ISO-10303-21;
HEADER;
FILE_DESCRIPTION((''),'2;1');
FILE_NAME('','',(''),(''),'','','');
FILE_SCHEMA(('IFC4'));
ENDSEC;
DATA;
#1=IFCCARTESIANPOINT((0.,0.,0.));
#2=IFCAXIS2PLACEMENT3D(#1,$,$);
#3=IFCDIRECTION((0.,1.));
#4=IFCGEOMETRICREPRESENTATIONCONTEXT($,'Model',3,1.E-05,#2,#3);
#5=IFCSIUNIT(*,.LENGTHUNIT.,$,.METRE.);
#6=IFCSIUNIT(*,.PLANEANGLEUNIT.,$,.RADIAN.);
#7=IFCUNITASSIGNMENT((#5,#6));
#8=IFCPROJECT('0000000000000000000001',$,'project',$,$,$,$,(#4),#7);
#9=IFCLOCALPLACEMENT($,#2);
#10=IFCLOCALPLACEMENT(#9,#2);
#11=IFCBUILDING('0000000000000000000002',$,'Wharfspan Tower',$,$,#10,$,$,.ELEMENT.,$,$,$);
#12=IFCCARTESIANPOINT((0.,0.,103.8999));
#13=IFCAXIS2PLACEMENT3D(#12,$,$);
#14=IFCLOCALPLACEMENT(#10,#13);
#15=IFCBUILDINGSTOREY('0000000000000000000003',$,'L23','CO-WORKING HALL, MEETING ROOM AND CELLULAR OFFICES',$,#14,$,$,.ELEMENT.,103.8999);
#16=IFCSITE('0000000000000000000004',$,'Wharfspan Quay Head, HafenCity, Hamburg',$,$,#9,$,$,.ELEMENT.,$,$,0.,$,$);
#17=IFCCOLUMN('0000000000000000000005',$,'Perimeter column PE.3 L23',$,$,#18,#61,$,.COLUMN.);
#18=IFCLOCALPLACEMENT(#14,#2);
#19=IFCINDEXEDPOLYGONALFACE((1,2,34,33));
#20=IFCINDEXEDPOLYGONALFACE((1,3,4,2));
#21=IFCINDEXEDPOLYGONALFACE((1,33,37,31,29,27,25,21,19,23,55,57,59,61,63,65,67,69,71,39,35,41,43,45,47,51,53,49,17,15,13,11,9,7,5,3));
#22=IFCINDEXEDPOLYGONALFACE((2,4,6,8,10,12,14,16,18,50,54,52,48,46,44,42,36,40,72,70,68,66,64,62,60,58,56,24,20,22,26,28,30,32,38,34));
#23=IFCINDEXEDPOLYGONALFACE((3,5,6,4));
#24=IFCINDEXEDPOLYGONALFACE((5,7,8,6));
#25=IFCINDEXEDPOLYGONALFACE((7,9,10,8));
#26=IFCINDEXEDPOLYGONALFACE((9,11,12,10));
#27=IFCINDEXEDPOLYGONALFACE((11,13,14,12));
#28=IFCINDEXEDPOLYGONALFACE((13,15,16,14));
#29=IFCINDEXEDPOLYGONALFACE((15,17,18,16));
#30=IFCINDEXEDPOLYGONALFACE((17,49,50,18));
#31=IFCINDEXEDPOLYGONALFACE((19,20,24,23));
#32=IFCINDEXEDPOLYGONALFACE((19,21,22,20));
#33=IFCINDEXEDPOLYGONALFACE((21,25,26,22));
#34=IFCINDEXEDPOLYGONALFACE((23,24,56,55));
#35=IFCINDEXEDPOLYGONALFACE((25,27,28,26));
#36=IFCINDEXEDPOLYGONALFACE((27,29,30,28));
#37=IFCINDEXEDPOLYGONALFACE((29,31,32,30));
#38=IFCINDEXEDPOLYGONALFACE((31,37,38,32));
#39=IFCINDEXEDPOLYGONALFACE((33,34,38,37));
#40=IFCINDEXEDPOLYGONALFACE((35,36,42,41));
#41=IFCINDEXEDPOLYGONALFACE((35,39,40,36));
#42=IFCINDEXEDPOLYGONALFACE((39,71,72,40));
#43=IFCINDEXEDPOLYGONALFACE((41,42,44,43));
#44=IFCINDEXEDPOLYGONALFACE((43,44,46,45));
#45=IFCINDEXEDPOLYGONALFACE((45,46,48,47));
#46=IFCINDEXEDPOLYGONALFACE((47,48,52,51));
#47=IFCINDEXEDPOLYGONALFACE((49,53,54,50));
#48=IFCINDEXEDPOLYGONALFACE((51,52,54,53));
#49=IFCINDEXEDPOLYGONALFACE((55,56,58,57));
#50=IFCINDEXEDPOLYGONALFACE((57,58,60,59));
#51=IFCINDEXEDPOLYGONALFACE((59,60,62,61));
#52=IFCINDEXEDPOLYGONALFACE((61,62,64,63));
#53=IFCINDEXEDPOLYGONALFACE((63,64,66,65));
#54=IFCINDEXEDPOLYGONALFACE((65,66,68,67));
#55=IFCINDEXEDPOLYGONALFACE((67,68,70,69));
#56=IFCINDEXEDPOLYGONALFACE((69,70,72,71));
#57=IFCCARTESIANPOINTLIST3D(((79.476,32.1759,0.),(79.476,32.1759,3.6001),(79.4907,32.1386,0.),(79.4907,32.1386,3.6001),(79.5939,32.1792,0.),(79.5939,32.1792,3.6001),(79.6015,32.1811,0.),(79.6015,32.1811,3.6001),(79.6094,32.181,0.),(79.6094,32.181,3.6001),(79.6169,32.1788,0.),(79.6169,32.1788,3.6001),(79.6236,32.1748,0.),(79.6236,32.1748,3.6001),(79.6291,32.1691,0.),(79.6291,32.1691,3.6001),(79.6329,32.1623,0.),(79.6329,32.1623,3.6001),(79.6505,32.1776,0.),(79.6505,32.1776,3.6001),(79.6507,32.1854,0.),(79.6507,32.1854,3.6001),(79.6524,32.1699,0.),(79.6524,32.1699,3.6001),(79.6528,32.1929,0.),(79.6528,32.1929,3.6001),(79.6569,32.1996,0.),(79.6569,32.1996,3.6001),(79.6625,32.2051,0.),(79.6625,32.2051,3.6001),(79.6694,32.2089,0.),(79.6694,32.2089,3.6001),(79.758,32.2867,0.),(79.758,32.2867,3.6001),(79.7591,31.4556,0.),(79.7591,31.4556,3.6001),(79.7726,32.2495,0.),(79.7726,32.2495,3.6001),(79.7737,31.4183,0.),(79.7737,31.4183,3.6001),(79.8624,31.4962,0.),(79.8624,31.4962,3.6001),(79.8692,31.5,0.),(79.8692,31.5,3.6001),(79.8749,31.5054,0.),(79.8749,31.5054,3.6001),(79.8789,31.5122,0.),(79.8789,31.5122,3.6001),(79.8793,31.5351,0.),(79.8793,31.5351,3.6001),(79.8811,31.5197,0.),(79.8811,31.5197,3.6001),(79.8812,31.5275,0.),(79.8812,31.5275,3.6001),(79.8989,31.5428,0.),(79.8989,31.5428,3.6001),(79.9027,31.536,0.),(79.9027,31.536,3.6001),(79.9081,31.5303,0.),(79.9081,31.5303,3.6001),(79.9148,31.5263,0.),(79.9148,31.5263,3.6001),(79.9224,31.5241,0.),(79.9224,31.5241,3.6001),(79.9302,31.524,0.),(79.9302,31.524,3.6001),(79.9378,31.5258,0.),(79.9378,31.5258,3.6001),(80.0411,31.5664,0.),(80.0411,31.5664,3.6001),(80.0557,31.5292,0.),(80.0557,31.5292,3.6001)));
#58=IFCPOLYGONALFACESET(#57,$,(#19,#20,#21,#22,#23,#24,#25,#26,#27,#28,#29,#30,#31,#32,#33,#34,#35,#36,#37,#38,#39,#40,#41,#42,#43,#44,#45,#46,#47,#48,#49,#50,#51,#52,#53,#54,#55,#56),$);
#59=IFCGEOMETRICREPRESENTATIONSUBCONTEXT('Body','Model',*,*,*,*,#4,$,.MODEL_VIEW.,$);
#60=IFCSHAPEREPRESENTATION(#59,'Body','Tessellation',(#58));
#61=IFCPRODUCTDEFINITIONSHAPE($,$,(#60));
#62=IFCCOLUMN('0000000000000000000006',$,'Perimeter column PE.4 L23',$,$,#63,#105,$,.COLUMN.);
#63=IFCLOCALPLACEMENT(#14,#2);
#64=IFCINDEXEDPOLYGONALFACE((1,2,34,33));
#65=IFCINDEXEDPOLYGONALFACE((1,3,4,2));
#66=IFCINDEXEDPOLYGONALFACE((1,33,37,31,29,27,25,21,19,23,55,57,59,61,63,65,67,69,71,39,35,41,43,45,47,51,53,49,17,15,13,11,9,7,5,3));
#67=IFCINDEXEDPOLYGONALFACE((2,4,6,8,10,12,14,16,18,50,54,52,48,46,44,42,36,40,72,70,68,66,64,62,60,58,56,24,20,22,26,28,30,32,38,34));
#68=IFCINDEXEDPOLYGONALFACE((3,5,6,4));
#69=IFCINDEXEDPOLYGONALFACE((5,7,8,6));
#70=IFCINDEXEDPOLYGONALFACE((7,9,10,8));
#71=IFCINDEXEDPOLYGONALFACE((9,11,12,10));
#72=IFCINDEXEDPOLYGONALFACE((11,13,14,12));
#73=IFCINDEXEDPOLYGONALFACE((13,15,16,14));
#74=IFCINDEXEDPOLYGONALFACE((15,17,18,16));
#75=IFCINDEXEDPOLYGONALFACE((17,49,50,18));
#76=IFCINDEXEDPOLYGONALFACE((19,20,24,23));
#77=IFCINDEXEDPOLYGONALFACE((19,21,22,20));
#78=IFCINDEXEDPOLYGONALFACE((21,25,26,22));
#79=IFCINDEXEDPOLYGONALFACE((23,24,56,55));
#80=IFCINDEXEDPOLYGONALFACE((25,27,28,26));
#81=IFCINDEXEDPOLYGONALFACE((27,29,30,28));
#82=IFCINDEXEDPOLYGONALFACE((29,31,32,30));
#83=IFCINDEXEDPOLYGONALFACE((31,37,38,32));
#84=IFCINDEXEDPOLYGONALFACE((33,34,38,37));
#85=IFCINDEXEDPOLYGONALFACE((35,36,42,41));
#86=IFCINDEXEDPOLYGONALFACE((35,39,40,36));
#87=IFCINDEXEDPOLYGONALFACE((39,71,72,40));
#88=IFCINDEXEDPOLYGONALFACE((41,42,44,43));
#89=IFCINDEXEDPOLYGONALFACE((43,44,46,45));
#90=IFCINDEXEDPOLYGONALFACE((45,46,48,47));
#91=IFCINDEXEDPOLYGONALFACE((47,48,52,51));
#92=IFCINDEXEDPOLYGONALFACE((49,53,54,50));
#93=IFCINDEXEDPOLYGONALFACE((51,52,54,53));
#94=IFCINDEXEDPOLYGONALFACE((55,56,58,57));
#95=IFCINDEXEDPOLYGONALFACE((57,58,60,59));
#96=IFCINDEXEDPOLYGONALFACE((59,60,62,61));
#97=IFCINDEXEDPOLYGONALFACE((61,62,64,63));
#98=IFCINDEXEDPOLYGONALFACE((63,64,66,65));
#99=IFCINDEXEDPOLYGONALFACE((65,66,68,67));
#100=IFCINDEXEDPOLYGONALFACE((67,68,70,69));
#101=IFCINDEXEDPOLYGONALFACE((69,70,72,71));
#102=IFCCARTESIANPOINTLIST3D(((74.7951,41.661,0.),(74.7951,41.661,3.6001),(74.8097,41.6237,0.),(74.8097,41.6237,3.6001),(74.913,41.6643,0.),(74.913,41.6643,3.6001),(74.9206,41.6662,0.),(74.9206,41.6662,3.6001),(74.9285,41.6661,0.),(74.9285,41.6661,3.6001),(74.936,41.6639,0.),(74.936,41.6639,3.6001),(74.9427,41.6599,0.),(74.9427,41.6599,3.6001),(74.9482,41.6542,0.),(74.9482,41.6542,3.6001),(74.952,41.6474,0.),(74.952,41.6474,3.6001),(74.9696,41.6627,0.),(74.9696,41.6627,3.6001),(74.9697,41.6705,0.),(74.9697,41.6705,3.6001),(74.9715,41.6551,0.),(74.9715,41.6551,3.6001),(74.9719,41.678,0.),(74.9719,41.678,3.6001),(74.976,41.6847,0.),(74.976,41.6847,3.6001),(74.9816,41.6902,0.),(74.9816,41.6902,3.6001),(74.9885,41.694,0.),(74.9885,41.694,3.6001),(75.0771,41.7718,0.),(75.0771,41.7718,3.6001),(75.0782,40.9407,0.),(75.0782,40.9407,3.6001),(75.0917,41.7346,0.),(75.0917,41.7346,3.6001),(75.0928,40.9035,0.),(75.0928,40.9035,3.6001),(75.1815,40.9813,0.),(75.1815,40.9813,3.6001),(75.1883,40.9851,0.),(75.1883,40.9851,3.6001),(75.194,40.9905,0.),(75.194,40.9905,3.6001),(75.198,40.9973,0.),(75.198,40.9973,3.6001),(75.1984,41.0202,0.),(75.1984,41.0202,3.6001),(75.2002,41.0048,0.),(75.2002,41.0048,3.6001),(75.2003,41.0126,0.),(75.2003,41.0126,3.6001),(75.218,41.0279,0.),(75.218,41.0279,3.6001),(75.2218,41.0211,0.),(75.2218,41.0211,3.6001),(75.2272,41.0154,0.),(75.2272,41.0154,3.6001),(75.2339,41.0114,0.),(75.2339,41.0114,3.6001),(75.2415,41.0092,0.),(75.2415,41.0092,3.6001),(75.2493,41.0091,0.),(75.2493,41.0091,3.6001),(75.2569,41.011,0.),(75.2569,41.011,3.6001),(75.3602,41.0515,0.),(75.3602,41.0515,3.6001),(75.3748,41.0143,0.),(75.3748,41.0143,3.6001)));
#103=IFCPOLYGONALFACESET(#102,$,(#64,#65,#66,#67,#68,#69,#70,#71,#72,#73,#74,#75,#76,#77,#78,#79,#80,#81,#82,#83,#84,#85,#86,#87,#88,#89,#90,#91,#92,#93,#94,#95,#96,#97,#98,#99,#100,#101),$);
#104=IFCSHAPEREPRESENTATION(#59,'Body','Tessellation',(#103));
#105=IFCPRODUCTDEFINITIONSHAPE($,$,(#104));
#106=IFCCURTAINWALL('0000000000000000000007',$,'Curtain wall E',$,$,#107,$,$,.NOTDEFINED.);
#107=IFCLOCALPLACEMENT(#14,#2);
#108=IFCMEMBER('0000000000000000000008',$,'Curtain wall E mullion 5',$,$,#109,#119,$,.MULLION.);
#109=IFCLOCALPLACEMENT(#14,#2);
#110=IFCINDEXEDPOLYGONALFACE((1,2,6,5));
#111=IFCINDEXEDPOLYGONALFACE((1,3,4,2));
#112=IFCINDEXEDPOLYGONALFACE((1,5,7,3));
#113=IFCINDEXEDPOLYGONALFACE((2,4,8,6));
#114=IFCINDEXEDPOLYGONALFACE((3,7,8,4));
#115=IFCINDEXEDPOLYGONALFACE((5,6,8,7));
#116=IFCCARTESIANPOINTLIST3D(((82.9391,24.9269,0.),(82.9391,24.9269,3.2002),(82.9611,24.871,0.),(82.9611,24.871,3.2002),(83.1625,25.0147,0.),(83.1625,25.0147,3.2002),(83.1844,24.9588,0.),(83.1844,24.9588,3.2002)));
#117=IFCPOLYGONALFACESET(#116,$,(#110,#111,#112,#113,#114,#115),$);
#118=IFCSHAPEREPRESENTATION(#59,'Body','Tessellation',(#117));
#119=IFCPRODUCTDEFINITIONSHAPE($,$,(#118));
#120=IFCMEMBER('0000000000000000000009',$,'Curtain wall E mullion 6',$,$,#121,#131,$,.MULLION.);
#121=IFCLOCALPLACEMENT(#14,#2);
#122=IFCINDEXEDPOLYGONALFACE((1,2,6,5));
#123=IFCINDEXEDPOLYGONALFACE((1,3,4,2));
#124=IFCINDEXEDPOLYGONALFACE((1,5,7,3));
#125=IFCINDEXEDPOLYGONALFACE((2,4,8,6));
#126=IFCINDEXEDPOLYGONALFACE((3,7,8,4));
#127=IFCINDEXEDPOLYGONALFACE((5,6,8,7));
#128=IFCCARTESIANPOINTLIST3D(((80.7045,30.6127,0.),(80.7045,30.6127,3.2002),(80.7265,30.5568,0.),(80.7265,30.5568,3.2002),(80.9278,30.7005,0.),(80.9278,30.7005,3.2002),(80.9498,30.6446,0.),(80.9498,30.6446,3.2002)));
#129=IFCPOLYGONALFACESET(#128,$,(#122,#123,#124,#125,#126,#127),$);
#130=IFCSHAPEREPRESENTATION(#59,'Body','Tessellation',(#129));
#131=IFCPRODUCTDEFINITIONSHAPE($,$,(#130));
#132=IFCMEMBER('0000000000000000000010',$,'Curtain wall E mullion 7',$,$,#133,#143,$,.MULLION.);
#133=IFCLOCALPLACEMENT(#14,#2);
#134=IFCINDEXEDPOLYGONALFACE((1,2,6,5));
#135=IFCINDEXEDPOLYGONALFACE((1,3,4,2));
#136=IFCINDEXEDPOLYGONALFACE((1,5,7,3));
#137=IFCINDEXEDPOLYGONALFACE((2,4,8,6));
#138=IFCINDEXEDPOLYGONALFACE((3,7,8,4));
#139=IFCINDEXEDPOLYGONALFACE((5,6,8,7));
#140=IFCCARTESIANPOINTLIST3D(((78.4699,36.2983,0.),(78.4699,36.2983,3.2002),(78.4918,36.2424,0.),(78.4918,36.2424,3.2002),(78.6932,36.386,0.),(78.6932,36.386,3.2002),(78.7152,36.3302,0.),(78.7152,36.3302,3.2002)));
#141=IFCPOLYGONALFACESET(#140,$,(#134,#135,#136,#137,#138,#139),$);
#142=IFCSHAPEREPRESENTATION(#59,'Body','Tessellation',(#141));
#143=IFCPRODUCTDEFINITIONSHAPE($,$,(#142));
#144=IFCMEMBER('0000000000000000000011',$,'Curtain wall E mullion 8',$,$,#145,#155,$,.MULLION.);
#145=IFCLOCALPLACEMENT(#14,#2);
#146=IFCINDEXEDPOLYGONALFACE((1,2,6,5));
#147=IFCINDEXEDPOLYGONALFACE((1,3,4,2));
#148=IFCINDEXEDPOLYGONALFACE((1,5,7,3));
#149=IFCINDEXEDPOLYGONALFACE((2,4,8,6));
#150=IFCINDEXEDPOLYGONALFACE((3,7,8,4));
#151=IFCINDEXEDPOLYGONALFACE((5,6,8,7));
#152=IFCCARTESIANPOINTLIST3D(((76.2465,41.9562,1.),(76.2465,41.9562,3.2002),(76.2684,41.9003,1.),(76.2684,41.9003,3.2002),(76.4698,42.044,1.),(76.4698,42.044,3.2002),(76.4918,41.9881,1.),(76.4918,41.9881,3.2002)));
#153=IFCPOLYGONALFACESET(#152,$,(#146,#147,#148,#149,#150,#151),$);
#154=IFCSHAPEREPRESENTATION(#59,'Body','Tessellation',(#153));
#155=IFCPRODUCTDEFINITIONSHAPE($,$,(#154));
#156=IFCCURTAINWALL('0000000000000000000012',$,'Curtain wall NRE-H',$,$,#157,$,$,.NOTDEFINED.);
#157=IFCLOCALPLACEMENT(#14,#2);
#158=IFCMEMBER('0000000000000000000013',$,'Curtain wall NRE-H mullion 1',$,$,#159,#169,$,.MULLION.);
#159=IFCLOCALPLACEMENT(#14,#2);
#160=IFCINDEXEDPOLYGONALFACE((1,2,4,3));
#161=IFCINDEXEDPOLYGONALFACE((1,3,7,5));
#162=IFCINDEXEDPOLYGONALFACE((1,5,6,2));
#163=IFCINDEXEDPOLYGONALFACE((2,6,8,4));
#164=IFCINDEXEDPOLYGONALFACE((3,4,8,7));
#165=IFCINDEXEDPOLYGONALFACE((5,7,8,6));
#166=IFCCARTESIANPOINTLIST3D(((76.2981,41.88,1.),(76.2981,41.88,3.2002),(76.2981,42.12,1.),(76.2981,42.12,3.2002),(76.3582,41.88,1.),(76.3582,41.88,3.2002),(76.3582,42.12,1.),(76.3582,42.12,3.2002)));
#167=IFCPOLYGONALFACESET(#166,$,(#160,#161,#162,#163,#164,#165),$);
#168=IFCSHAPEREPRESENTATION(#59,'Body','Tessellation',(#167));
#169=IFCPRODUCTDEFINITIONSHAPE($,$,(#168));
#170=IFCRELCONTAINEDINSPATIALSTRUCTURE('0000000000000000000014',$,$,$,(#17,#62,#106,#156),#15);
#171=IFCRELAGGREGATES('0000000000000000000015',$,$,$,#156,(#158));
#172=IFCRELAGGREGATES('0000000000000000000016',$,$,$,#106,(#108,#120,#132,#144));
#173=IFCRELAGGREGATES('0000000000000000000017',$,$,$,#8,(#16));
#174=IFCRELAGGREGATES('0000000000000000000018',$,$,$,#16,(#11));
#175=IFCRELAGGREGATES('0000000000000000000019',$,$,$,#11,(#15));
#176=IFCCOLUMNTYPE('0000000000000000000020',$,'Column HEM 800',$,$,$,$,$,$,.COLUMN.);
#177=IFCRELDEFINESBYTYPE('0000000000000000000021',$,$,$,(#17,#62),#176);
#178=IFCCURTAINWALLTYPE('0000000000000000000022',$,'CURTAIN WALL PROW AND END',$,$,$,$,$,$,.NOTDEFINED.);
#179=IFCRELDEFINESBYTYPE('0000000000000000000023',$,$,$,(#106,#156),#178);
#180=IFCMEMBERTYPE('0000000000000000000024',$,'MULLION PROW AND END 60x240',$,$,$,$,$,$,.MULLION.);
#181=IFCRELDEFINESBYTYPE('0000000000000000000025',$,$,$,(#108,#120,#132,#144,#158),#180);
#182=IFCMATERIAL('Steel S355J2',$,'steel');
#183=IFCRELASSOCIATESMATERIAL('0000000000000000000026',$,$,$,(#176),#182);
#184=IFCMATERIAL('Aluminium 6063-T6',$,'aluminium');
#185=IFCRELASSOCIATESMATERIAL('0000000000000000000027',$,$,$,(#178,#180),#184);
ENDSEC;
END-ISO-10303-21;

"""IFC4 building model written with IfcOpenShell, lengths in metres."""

from ifc_helpers import new_model, si_unit, direction, frame, origin, origin_2d, place, context, subcontext, project, spatial, rectangle, i_section, extrude, material, material_profile, profile_set, type_object, element, aggregate, save


model = new_model("IFC4")

# Units and contexts
model_context = context("Model", 3, precision=1e-05, world=origin(), true_north=direction((0.0, 1.0)))
body_context = subcontext(model_context, "Body", "Model", "MODEL_VIEW")
ifc_project = project(units=[si_unit("LENGTHUNIT", "METRE"), si_unit("PLANEANGLEUNIT", "RADIAN")], contexts=[model_context])

# Site, building, storey
site_placement = place(None, origin())
site = spatial("IfcSite", under=ifc_project, at=site_placement, Name="Wharfspan Quay Head, HafenCity, Hamburg", CompositionType="ELEMENT", RefElevation=0.0)
building_placement = place(site_placement, origin())
building = spatial("IfcBuilding", under=site, at=building_placement, Name="Wharfspan Tower", CompositionType="ELEMENT")
storey_placement = place(building_placement, frame((0.0, 0.0, 103.8999)))
storey = spatial("IfcBuildingStorey", under=building, at=storey_placement, Name="L23", Description="CO-WORKING HALL, MEETING ROOM AND CELLULAR OFFICES", CompositionType="ELEMENT", Elevation=103.8999)

# Columns
ifc_material_1 = material(Name="Steel S355J2", Category="steel")
ifc_material_profile_1 = material_profile(ifc_material_1, i_section(OverallWidth=0.303, OverallDepth=0.814, WebThickness=0.021, FlangeThickness=0.04, FilletRadius=0.03, at=origin_2d()))
ifc_profile_set_1 = profile_set([ifc_material_profile_1], Name="Steel S355J2")
column_type = type_object("IfcColumnType", Name="Column HEM 800", PredefinedType="COLUMN", material=ifc_profile_set_1)
for number, where, z_axis, x_axis, name in (
    (1, (79.7659, 31.8525, 0.0), (0.0, 0.0, 1.0), (0.930702, 0.365778, 0.0), "Perimeter column PE.3 L23"),
    (2, (75.085, 41.3376, 0.0), (0.0, 0.0, 1.0), (0.930702, 0.365778, 0.0), "Perimeter column PE.4 L23"),
):
    element("IfcColumn", number, at=place(storey_placement, frame(where, z_axis=z_axis, x_axis=x_axis)), inside=storey, type_object=column_type, Name=name, PredefinedType="COLUMN", context=body_context, shape_type="SweptSolid", body=[
        extrude(i_section(OverallWidth=0.303, OverallDepth=0.814, WebThickness=0.021, FlangeThickness=0.04, FilletRadius=0.03, at=origin_2d()), origin(), (0.0, 0.0, 1.0), 3.6001),
    ])

# Curtain wall, members
ifc_material_2 = material(Name="Aluminium 6063-T6", Category="aluminium")
curtain_wall_type = type_object("IfcCurtainWallType", Name="CURTAIN WALL PROW AND END", PredefinedType="NOTDEFINED", material=ifc_material_2)
curtain_wall_1_placement = place(storey_placement, origin())
curtain_wall_1 = element("IfcCurtainWall", 3, at=curtain_wall_1_placement, inside=storey, type_object=curtain_wall_type, Name="Curtain wall E", PredefinedType="NOTDEFINED")
ifc_material_profile_2 = material_profile(ifc_material_2, rectangle(XDim=0.24, YDim=0.0601, at=origin_2d()))
ifc_profile_set_2 = profile_set([ifc_material_profile_2], Name="Aluminium 6063-T6")
member_type_1 = type_object("IfcMemberType", Name="MULLION PROW AND END 60x240", PredefinedType="MULLION", material=ifc_profile_set_2)
member_1_placement = place(storey_placement, frame((83.0618, 24.9429, 0.0), z_axis=(0.0, 0.0, 1.0), x_axis=(-0.930702, -0.365778, 0.0)))
member_1 = element("IfcMember", 4, at=member_1_placement, type_object=member_type_1, Name="Curtain wall E mullion 5", PredefinedType="MULLION", context=body_context, shape_type="SweptSolid", body=[
    extrude(rectangle(XDim=0.24, YDim=0.0601, at=origin_2d()), origin(), (0.0, 0.0, 1.0), 3.2002),
])
member_2_placement = place(storey_placement, frame((80.8271, 30.6287, 0.0), z_axis=(0.0, 0.0, 1.0), x_axis=(-0.930702, -0.365778, 0.0)))
member_2 = element("IfcMember", 5, at=member_2_placement, type_object=member_type_1, Name="Curtain wall E mullion 6", PredefinedType="MULLION", context=body_context, shape_type="SweptSolid", body=[
    extrude(rectangle(XDim=0.24, YDim=0.0601, at=origin_2d()), origin(), (0.0, 0.0, 1.0), 3.2002),
])
member_3_placement = place(storey_placement, frame((78.5925, 36.3142, 0.0), z_axis=(0.0, 0.0, 1.0), x_axis=(-0.930702, -0.365778, 0.0)))
member_3 = element("IfcMember", 6, at=member_3_placement, type_object=member_type_1, Name="Curtain wall E mullion 7", PredefinedType="MULLION", context=body_context, shape_type="SweptSolid", body=[
    extrude(rectangle(XDim=0.24, YDim=0.0601, at=origin_2d()), origin(), (0.0, 0.0, 1.0), 3.2002),
])
member_4_placement = place(storey_placement, frame((76.3691, 41.9722, 1.0), z_axis=(0.0, 0.0, 1.0), x_axis=(-0.930702, -0.365778, 0.0)))
member_4 = element("IfcMember", 7, at=member_4_placement, type_object=member_type_1, Name="Curtain wall E mullion 8", PredefinedType="MULLION", context=body_context, shape_type="SweptSolid", body=[
    extrude(rectangle(XDim=0.24, YDim=0.0601, at=origin_2d()), origin(), (0.0, 0.0, 1.0), 2.2002),
])

# Curtain wall, member
curtain_wall_2_placement = place(storey_placement, origin())
curtain_wall_2 = element("IfcCurtainWall", 8, at=curtain_wall_2_placement, inside=storey, type_object=curtain_wall_type, Name="Curtain wall NRE-H", PredefinedType="NOTDEFINED")
member_5_placement = place(storey_placement, frame((76.3281, 42.0, 1.0), z_axis=(0.0, 0.0, 1.0), x_axis=(0.0, -1.0, 0.0)))
member_5 = element("IfcMember", 9, at=member_5_placement, type_object=member_type_1, Name="Curtain wall NRE-H mullion 1", PredefinedType="MULLION", context=body_context, shape_type="SweptSolid", body=[
    extrude(rectangle(XDim=0.24, YDim=0.0601, at=origin_2d()), origin(), (0.0, 0.0, 1.0), 2.2002),
])

aggregate(curtain_wall_2, [member_5])
aggregate(curtain_wall_1, [member_1, member_2, member_3, member_4])

save(model, "model.ifc")
